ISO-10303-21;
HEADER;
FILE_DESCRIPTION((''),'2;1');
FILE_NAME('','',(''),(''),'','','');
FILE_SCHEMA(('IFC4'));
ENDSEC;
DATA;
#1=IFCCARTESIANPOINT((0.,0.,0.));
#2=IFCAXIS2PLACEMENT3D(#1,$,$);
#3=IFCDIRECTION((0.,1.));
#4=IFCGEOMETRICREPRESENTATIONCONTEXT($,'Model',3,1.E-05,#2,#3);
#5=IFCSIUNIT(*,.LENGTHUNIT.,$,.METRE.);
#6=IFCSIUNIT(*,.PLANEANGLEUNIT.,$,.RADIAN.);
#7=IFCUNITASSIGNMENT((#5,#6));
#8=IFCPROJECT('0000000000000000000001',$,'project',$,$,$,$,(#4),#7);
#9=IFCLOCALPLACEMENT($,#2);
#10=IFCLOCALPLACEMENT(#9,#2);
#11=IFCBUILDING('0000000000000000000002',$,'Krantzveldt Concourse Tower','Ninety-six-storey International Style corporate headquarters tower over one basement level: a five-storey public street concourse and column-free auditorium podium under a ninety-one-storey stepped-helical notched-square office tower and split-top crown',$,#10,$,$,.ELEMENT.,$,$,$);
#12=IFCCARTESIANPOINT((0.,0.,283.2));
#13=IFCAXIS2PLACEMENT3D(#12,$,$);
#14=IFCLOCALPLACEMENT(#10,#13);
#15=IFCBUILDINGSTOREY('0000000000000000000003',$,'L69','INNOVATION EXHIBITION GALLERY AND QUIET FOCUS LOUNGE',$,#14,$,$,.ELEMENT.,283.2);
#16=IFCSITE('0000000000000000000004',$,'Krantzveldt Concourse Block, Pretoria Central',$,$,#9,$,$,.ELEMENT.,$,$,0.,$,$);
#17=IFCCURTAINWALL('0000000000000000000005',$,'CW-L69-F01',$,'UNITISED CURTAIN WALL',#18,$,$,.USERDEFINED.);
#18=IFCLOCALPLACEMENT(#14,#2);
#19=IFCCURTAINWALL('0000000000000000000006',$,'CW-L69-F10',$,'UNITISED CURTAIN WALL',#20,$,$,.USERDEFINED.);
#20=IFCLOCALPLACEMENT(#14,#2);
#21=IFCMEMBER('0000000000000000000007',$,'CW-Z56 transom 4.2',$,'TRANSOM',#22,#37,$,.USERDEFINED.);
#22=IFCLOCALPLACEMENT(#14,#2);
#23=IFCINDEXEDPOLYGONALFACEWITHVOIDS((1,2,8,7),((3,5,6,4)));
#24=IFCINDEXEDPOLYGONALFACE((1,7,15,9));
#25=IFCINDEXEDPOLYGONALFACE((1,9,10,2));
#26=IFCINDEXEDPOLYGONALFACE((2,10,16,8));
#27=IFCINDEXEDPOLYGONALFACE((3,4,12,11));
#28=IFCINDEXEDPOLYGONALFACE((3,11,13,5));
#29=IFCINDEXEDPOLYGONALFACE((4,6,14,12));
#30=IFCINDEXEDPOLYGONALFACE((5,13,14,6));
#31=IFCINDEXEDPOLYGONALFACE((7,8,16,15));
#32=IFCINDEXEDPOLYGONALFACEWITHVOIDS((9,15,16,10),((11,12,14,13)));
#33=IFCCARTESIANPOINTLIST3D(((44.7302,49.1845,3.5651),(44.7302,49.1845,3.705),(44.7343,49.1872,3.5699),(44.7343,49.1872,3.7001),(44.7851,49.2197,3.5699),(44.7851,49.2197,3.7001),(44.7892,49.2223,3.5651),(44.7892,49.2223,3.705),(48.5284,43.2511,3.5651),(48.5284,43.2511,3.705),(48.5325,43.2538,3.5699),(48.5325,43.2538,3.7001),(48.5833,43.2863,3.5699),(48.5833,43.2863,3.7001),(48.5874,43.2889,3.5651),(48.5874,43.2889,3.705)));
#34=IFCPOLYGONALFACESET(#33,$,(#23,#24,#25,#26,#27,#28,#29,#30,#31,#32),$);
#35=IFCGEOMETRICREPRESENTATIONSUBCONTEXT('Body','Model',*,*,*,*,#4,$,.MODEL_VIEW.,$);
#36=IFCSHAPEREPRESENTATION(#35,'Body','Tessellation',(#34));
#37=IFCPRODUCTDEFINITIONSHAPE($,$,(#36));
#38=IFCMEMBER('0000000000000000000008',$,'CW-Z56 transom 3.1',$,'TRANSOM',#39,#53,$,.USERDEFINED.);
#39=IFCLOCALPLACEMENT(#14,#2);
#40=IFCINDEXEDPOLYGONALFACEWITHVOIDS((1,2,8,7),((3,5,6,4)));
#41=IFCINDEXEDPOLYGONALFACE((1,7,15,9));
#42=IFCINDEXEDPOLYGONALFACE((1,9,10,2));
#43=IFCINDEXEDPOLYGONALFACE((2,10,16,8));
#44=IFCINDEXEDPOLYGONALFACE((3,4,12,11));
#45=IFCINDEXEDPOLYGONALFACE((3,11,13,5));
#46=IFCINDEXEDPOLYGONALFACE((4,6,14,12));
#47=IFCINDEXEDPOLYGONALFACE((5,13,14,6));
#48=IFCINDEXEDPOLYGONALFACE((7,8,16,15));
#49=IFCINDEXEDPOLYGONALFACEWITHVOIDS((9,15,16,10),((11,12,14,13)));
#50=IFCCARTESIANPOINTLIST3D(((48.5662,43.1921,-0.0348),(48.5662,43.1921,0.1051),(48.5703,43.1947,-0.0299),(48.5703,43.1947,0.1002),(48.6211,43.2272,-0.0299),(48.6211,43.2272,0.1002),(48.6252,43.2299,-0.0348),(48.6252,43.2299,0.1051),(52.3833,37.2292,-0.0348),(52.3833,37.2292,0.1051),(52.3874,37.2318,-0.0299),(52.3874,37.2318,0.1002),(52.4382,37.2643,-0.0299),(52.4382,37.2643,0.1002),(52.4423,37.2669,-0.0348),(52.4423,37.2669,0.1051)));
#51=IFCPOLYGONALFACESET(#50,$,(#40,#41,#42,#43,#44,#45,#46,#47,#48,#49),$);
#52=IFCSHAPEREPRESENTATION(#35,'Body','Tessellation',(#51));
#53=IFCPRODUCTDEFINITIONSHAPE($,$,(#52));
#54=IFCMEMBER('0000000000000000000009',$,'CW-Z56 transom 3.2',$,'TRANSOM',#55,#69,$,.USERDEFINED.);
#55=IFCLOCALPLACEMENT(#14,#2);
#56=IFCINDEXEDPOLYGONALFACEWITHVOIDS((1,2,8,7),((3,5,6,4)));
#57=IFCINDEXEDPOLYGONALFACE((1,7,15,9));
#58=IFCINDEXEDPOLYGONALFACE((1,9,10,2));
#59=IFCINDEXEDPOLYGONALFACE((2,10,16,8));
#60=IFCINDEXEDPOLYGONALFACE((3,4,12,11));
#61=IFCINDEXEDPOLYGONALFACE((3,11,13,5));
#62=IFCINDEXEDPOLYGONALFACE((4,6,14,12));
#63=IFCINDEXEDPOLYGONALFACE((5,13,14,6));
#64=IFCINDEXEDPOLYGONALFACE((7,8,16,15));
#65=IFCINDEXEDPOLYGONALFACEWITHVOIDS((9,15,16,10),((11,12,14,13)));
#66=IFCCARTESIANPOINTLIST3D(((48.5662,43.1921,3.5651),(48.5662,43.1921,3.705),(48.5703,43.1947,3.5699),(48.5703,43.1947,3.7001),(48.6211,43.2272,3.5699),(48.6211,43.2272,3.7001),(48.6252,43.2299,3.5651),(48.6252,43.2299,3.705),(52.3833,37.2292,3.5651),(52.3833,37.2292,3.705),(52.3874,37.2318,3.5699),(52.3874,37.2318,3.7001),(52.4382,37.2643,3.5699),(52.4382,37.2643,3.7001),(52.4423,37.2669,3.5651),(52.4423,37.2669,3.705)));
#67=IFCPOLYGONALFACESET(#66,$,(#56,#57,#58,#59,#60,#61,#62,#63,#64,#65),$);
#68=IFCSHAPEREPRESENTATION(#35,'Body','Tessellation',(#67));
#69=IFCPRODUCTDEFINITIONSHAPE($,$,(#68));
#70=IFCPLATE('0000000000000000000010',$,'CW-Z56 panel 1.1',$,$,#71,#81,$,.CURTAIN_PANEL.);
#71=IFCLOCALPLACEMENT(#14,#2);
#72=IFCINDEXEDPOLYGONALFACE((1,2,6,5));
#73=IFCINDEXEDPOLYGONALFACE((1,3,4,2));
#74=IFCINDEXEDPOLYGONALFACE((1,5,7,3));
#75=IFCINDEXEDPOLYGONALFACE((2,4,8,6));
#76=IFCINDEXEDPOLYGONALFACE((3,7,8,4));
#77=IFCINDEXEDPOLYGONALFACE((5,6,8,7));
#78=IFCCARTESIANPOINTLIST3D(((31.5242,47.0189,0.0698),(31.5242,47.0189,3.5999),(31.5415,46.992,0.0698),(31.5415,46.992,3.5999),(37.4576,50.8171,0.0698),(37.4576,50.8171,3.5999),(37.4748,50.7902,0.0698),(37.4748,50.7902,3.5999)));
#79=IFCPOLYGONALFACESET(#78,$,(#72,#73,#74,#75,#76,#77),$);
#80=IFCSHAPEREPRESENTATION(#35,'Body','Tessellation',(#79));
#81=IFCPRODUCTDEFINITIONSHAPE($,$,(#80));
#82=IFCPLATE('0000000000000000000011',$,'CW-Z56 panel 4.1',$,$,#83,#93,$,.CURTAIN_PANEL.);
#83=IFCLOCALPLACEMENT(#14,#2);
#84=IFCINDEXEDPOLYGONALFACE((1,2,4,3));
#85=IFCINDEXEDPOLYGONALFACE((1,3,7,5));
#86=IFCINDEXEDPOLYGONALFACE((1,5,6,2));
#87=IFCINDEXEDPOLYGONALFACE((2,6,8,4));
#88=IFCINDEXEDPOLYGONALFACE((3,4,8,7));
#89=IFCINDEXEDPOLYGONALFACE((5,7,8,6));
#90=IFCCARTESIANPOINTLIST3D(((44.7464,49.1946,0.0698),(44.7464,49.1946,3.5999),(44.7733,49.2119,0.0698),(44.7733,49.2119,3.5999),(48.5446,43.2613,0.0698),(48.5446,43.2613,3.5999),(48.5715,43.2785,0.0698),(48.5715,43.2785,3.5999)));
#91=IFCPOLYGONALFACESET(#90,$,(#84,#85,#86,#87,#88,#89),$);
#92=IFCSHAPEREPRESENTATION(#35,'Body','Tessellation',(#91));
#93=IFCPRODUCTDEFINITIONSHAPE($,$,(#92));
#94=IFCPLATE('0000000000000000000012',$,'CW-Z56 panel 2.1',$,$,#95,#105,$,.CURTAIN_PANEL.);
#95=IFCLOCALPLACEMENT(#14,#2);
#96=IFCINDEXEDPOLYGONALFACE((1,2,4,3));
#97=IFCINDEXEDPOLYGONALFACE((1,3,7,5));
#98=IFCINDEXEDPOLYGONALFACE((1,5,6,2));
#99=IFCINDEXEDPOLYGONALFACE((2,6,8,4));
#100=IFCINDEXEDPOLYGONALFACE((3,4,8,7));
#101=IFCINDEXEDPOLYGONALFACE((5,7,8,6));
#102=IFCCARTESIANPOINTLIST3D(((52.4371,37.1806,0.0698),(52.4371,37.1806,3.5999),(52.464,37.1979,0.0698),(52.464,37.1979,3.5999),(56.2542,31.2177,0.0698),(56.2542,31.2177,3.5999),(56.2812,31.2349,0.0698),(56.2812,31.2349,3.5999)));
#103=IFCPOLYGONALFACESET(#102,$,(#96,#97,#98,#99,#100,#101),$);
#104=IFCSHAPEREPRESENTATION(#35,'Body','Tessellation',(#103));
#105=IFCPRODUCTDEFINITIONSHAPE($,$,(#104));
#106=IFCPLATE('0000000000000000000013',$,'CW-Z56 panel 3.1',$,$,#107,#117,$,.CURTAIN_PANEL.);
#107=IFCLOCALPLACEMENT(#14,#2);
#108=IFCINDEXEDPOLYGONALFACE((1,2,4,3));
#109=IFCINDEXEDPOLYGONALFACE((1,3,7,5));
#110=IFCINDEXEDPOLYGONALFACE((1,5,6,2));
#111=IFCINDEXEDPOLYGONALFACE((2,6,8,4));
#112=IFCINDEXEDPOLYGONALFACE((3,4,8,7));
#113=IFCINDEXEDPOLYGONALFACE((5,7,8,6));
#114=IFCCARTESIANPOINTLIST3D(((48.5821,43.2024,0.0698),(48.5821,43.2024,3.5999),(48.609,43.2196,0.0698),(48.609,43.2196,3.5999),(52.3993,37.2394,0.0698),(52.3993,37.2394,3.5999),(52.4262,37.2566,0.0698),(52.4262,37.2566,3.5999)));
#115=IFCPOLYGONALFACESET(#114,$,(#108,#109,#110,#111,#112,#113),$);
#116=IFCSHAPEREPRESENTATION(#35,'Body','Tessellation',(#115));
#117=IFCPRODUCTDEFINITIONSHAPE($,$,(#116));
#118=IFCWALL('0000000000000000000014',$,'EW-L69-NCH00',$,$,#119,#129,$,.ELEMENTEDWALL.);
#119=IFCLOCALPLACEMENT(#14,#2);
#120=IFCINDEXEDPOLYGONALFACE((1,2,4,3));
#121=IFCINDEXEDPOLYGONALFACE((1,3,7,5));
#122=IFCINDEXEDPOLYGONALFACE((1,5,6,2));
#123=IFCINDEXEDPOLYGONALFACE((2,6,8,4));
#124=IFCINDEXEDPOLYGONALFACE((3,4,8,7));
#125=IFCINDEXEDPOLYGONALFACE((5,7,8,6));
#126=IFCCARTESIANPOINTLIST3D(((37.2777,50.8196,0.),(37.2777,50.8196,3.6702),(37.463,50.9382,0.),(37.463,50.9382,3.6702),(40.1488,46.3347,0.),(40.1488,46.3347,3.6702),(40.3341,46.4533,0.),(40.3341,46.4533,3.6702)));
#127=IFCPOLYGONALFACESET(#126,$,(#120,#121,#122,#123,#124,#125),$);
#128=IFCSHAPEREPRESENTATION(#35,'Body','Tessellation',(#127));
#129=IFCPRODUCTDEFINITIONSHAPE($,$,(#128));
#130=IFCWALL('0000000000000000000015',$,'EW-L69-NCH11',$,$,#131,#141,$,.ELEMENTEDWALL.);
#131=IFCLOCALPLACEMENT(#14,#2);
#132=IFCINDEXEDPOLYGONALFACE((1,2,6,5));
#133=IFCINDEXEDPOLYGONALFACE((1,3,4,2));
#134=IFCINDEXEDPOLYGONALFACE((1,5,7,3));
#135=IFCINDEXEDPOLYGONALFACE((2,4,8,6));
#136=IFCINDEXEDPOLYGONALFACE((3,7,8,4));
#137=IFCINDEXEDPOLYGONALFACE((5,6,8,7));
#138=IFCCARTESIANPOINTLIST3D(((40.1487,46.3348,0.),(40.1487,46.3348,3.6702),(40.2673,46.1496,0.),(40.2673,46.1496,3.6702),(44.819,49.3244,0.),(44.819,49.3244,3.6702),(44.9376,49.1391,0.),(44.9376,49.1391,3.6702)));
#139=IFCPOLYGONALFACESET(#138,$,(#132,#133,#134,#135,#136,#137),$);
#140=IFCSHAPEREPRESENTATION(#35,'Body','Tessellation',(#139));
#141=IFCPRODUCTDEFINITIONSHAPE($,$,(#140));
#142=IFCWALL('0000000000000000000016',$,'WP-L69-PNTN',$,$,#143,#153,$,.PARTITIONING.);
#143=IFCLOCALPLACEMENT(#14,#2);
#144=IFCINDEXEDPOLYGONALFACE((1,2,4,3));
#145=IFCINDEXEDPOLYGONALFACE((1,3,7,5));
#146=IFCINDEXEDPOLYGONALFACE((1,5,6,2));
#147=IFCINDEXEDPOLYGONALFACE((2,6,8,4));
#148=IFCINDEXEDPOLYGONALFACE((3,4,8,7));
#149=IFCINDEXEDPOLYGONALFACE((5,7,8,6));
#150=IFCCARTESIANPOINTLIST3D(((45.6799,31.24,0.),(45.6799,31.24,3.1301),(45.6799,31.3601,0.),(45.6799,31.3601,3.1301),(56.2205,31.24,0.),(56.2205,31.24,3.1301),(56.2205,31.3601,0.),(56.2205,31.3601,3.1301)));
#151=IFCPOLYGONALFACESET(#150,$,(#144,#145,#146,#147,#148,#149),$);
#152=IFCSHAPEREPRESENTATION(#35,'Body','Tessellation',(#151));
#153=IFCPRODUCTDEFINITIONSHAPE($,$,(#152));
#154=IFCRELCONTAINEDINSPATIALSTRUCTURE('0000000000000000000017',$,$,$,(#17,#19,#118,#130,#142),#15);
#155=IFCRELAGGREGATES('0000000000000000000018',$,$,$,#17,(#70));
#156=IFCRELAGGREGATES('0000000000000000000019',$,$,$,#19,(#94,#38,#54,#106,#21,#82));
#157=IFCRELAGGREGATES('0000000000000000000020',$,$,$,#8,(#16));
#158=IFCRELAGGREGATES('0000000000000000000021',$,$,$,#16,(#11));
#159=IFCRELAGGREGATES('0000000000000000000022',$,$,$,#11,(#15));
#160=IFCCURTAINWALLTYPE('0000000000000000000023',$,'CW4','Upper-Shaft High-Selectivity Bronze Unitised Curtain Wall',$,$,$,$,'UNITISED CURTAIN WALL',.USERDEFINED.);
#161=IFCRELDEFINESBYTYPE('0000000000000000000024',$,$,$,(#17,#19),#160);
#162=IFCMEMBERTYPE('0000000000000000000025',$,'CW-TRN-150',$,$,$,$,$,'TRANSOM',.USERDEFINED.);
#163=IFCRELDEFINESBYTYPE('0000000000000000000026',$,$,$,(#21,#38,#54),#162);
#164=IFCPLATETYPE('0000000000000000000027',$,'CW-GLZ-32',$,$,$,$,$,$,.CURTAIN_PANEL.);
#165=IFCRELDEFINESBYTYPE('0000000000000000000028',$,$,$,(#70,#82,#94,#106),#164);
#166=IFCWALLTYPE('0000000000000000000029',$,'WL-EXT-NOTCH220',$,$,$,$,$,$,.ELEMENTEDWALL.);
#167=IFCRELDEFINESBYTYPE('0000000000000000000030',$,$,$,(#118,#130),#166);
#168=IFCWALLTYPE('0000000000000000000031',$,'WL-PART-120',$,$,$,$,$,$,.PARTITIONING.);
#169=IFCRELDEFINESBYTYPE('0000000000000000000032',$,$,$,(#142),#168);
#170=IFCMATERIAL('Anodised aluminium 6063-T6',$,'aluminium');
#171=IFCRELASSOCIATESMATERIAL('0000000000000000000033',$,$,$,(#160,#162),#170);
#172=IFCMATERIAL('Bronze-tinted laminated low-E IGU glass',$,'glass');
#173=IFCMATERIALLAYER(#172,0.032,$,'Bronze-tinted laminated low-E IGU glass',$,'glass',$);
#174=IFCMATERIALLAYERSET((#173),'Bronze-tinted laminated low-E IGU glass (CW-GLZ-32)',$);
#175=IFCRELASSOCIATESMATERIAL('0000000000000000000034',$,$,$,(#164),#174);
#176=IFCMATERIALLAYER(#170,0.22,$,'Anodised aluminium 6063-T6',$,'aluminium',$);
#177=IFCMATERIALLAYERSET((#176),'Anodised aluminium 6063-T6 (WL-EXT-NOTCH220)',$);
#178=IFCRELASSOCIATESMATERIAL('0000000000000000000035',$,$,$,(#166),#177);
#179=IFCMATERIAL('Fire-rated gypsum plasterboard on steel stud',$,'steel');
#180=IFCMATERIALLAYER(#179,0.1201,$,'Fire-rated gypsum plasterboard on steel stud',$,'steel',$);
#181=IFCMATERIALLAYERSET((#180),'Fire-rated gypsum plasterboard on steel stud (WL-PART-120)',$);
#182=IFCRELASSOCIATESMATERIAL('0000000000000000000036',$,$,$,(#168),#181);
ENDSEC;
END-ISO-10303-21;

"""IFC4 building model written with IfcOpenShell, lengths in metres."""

from ifc_helpers import new_model, si_unit, direction, frame, frame_2d, origin, origin_2d, place, context, subcontext, project, spatial, rectangle, hollow_rectangle, extrude, source, transform, mapped, material, layer, layer_set, material_profile, profile_set, type_object, type_shapes, element, aggregate, save


model = new_model("IFC4")

# Units and contexts
model_context = context("Model", 3, precision=1e-05, world=origin(), true_north=direction((0.0, 1.0)))
body_context = subcontext(model_context, "Body", "Model", "MODEL_VIEW")
ifc_project = project(units=[si_unit("LENGTHUNIT", "METRE"), si_unit("PLANEANGLEUNIT", "RADIAN")], contexts=[model_context])

# Site, building, storey
site_placement = place(None, origin())
site = spatial("IfcSite", under=ifc_project, at=site_placement, Name="Krantzveldt Concourse Block, Pretoria Central", CompositionType="ELEMENT", RefElevation=0.0)
building_placement = place(site_placement, origin())
building = spatial("IfcBuilding", under=site, at=building_placement, Name="Krantzveldt Concourse Tower", Description="Ninety-six-storey International Style corporate headquarters tower over one basement level: a five-storey public street concourse and column-free auditorium podium under a ninety-one-storey stepped-helical notched-square office tower and split-top crown", CompositionType="ELEMENT")
storey_placement = place(building_placement, frame((0.0, 0.0, 283.2)))
storey = spatial("IfcBuildingStorey", under=building, at=storey_placement, Name="L69", Description="INNOVATION EXHIBITION GALLERY AND QUIET FOCUS LOUNGE", CompositionType="ELEMENT", Elevation=283.2)

# Curtain wall
ifc_material_1 = material(Name="Anodised aluminium 6063-T6", Category="aluminium")
curtain_wall_type = type_object("IfcCurtainWallType", Name="CW4", Description="Upper-Shaft High-Selectivity Bronze Unitised Curtain Wall", ElementType="UNITISED CURTAIN WALL", PredefinedType="USERDEFINED", material=ifc_material_1)
curtain_wall_1_placement = place(storey_placement, origin())
curtain_wall_1 = element("IfcCurtainWall", 1, at=curtain_wall_1_placement, inside=storey, type_object=curtain_wall_type, Name="CW-L69-F01", ObjectType="UNITISED CURTAIN WALL", PredefinedType="USERDEFINED")

# Curtain wall
curtain_wall_2_placement = place(storey_placement, origin())
curtain_wall_2 = element("IfcCurtainWall", 2, at=curtain_wall_2_placement, inside=storey, type_object=curtain_wall_type, Name="CW-L69-F10", ObjectType="UNITISED CURTAIN WALL", PredefinedType="USERDEFINED")

# Members
ifc_material_profile_1 = material_profile(ifc_material_1, hollow_rectangle(XDim=0.0701, YDim=0.1399, WallThickness=0.0049, at=origin_2d()), Name="Anodised aluminium 6063-T6", Category="aluminium")
ifc_profile_set_1 = profile_set([ifc_material_profile_1], Name="Anodised aluminium 6063-T6 - ALU-TRAN 140x70x5")
member_type_1 = type_object("IfcMemberType", Name="CW-TRN-150", ElementType="TRANSOM", PredefinedType="USERDEFINED", material=ifc_profile_set_1)
shared_shape_1 = source(origin(), body_context, "Body", "SweptSolid", [
    extrude(hollow_rectangle(XDim=0.0701, YDim=0.1399, WallThickness=0.0049, at=origin_2d()), origin(), (0.0, 0.0, 1.0), 7.0449),
])
member_1_placement = place(storey_placement, frame((48.5579, 43.27, 3.635), z_axis=(-0.539129, 0.842223, 0.0), x_axis=(-0.842223, -0.539129, 0.0)))
member_1 = element("IfcMember", 3, at=member_1_placement, type_object=member_type_1, Name="CW-Z56 transom 4.2", ObjectType="TRANSOM", PredefinedType="USERDEFINED", context=body_context, shape_type="MappedRepresentation", body=[
    mapped(shared_shape_1, transform((0.0, 0.0, 0.0), x_axis=(1.0, 0.0, 0.0), y_axis=(0.0, 1.0, 0.0), z_axis=(0.0, 0.0, 1.0), scale=1.0)),
])
shared_shape_2 = source(origin(), body_context, "Body", "SweptSolid", [
    extrude(hollow_rectangle(XDim=0.0701, YDim=0.1399, WallThickness=0.0049, at=origin_2d()), origin(), (0.0, 0.0, 1.0), 7.0801),
])
type_shapes(member_type_1, [shared_shape_1, shared_shape_2])
member_2_placement = place(storey_placement, frame((52.4128, 37.248, 0.0352), z_axis=(-0.539143, 0.842214, 0.0), x_axis=(-0.842214, -0.539143, 0.0)))
member_2 = element("IfcMember", 4, at=member_2_placement, type_object=member_type_1, Name="CW-Z56 transom 3.1", ObjectType="TRANSOM", PredefinedType="USERDEFINED", context=body_context, shape_type="MappedRepresentation", body=[
    mapped(shared_shape_2, transform((0.0, 0.0, 0.0), x_axis=(1.0, 0.0, 0.0), y_axis=(0.0, 1.0, 0.0), z_axis=(0.0, 0.0, 1.0), scale=1.0)),
])
member_3_placement = place(storey_placement, frame((52.4128, 37.248, 3.635), z_axis=(-0.539143, 0.842214, 0.0), x_axis=(-0.842214, -0.539143, 0.0)))
member_3 = element("IfcMember", 5, at=member_3_placement, type_object=member_type_1, Name="CW-Z56 transom 3.2", ObjectType="TRANSOM", PredefinedType="USERDEFINED", context=body_context, shape_type="MappedRepresentation", body=[
    mapped(shared_shape_2, transform((0.0, 0.0, 0.0), x_axis=(1.0, 0.0, 0.0), y_axis=(0.0, 1.0, 0.0), z_axis=(0.0, 0.0, 1.0), scale=1.0)),
])

# Plates
ifc_material_2 = material(Name="Bronze-tinted laminated low-E IGU glass", Category="glass")
ifc_layer_1 = layer(ifc_material_2, 0.032, Name="Bronze-tinted laminated low-E IGU glass", Category="glass")
ifc_layer_set_1 = layer_set([ifc_layer_1], Name="Bronze-tinted laminated low-E IGU glass (CW-GLZ-32)")
plate_type = type_object("IfcPlateType", Name="CW-GLZ-32", PredefinedType="CURTAIN_PANEL", material=ifc_layer_set_1)
shared_shape_3 = source(origin(), body_context, "Body", "SweptSolid", [
    extrude(rectangle(XDim=7.0449, YDim=0.032, at=origin_2d()), origin(), (0.0, 0.0, 1.0), 3.53),
])
plate_1_placement = place(storey_placement, frame((34.4995, 48.9045, 0.0698), z_axis=(0.0, 0.0, 1.0), x_axis=(-0.842217, -0.539138, 0.0)))
plate_1 = element("IfcPlate", 6, at=plate_1_placement, type_object=plate_type, Name="CW-Z56 panel 1.1", PredefinedType="CURTAIN_PANEL", context=body_context, shape_type="MappedRepresentation", body=[
    mapped(shared_shape_3, transform((0.0, 0.0, 0.0), x_axis=(1.0, 0.0, 0.0), y_axis=(0.0, 1.0, 0.0), z_axis=(0.0, 0.0, 1.0), scale=1.0)),
])
aggregate(curtain_wall_1, [plate_1])
plate_2_placement = place(storey_placement, frame((46.6589, 46.2366, 0.0698), z_axis=(0.0, 0.0, 1.0), x_axis=(-0.539138, 0.842217, 0.0)))
plate_2 = element("IfcPlate", 7, at=plate_2_placement, type_object=plate_type, Name="CW-Z56 panel 4.1", PredefinedType="CURTAIN_PANEL", context=body_context, shape_type="MappedRepresentation", body=[
    mapped(shared_shape_3, transform((0.0, 0.0, 0.0), x_axis=(1.0, 0.0, 0.0), y_axis=(0.0, 1.0, 0.0), z_axis=(0.0, 0.0, 1.0), scale=1.0)),
])
shared_shape_4 = source(origin(), body_context, "Body", "SweptSolid", [
    extrude(rectangle(XDim=7.0801, YDim=0.032, at=origin_2d()), origin(), (0.0, 0.0, 1.0), 3.53),
])
type_shapes(plate_type, [shared_shape_3, shared_shape_4])
plate_3_placement = place(storey_placement, frame((54.3591, 34.2078, 0.0698), z_axis=(0.0, 0.0, 1.0), x_axis=(-0.539138, 0.842217, 0.0)))
plate_3 = element("IfcPlate", 8, at=plate_3_placement, type_object=plate_type, Name="CW-Z56 panel 2.1", PredefinedType="CURTAIN_PANEL", context=body_context, shape_type="MappedRepresentation", body=[
    mapped(shared_shape_4, transform((0.0, 0.0, 0.0), x_axis=(1.0, 0.0, 0.0), y_axis=(0.0, 1.0, 0.0), z_axis=(0.0, 0.0, 1.0), scale=1.0)),
])
plate_4_placement = place(storey_placement, frame((50.5042, 40.2295, 0.0698), z_axis=(0.0, 0.0, 1.0), x_axis=(-0.539138, 0.842217, 0.0)))
plate_4 = element("IfcPlate", 9, at=plate_4_placement, type_object=plate_type, Name="CW-Z56 panel 3.1", PredefinedType="CURTAIN_PANEL", context=body_context, shape_type="MappedRepresentation", body=[
    mapped(shared_shape_4, transform((0.0, 0.0, 0.0), x_axis=(1.0, 0.0, 0.0), y_axis=(0.0, 1.0, 0.0), z_axis=(0.0, 0.0, 1.0), scale=1.0)),
])
aggregate(curtain_wall_2, [plate_3, member_2, member_3, plate_4, member_1, plate_2])

# Walls
ifc_layer_2 = layer(ifc_material_1, 0.22, Name="Anodised aluminium 6063-T6", Category="aluminium")
ifc_layer_set_2 = layer_set([ifc_layer_2], Name="Anodised aluminium 6063-T6 (WL-EXT-NOTCH220)")
wall_type_1 = type_object("IfcWallType", Name="WL-EXT-NOTCH220", PredefinedType="ELEMENTEDWALL", material=ifc_layer_set_2)
wall_1_placement = place(storey_placement, frame((40.2415, 46.394, 0.0), z_axis=(0.0, 0.0, 1.0), x_axis=(-0.539158, 0.842205, 0.0)))
element("IfcWall", 10, at=wall_1_placement, inside=storey, type_object=wall_type_1, Name="EW-L69-NCH00", PredefinedType="ELEMENTEDWALL", context=body_context, shape_type="SweptSolid", body=[
    extrude(rectangle(XDim=5.3252, YDim=0.22, at=frame_2d((2.6626, 0.0))), origin(), (0.0, 0.0, 1.0), 3.6702),
])
wall_2_placement = place(storey_placement, frame((44.8782, 49.2317, 0.0), z_axis=(0.0, 0.0, 1.0), x_axis=(-0.842223, -0.53913, 0.0)))
element("IfcWall", 11, at=wall_2_placement, inside=storey, type_object=wall_type_1, Name="EW-L69-NCH11", PredefinedType="ELEMENTEDWALL", context=body_context, shape_type="SweptSolid", body=[
    extrude(rectangle(XDim=5.5452, YDim=0.22, at=frame_2d((2.7725, 0.0))), origin(), (0.0, 0.0, 1.0), 3.6702),
])
ifc_material_3 = material(Name="Fire-rated gypsum plasterboard on steel stud", Category="steel")
ifc_layer_3 = layer(ifc_material_3, 0.1201, Name="Fire-rated gypsum plasterboard on steel stud", Category="steel")
ifc_layer_set_3 = layer_set([ifc_layer_3], Name="Fire-rated gypsum plasterboard on steel stud (WL-PART-120)")
wall_type_2 = type_object("IfcWallType", Name="WL-PART-120", PredefinedType="PARTITIONING", material=ifc_layer_set_3)
wall_3_placement = place(storey_placement, frame((45.6799, 31.3, 0.0), z_axis=(0.0, 0.0, 1.0), x_axis=(1.0, 0.0, 0.0)))
element("IfcWall", 12, at=wall_3_placement, inside=storey, type_object=wall_type_2, Name="WP-L69-PNTN", PredefinedType="PARTITIONING", context=body_context, shape_type="SweptSolid", body=[
    extrude(rectangle(XDim=10.5405, YDim=0.1201, at=frame_2d((5.2703, 0.0))), origin(), (0.0, 0.0, 1.0), 3.1301),
])

save(model, "model.ifc")
